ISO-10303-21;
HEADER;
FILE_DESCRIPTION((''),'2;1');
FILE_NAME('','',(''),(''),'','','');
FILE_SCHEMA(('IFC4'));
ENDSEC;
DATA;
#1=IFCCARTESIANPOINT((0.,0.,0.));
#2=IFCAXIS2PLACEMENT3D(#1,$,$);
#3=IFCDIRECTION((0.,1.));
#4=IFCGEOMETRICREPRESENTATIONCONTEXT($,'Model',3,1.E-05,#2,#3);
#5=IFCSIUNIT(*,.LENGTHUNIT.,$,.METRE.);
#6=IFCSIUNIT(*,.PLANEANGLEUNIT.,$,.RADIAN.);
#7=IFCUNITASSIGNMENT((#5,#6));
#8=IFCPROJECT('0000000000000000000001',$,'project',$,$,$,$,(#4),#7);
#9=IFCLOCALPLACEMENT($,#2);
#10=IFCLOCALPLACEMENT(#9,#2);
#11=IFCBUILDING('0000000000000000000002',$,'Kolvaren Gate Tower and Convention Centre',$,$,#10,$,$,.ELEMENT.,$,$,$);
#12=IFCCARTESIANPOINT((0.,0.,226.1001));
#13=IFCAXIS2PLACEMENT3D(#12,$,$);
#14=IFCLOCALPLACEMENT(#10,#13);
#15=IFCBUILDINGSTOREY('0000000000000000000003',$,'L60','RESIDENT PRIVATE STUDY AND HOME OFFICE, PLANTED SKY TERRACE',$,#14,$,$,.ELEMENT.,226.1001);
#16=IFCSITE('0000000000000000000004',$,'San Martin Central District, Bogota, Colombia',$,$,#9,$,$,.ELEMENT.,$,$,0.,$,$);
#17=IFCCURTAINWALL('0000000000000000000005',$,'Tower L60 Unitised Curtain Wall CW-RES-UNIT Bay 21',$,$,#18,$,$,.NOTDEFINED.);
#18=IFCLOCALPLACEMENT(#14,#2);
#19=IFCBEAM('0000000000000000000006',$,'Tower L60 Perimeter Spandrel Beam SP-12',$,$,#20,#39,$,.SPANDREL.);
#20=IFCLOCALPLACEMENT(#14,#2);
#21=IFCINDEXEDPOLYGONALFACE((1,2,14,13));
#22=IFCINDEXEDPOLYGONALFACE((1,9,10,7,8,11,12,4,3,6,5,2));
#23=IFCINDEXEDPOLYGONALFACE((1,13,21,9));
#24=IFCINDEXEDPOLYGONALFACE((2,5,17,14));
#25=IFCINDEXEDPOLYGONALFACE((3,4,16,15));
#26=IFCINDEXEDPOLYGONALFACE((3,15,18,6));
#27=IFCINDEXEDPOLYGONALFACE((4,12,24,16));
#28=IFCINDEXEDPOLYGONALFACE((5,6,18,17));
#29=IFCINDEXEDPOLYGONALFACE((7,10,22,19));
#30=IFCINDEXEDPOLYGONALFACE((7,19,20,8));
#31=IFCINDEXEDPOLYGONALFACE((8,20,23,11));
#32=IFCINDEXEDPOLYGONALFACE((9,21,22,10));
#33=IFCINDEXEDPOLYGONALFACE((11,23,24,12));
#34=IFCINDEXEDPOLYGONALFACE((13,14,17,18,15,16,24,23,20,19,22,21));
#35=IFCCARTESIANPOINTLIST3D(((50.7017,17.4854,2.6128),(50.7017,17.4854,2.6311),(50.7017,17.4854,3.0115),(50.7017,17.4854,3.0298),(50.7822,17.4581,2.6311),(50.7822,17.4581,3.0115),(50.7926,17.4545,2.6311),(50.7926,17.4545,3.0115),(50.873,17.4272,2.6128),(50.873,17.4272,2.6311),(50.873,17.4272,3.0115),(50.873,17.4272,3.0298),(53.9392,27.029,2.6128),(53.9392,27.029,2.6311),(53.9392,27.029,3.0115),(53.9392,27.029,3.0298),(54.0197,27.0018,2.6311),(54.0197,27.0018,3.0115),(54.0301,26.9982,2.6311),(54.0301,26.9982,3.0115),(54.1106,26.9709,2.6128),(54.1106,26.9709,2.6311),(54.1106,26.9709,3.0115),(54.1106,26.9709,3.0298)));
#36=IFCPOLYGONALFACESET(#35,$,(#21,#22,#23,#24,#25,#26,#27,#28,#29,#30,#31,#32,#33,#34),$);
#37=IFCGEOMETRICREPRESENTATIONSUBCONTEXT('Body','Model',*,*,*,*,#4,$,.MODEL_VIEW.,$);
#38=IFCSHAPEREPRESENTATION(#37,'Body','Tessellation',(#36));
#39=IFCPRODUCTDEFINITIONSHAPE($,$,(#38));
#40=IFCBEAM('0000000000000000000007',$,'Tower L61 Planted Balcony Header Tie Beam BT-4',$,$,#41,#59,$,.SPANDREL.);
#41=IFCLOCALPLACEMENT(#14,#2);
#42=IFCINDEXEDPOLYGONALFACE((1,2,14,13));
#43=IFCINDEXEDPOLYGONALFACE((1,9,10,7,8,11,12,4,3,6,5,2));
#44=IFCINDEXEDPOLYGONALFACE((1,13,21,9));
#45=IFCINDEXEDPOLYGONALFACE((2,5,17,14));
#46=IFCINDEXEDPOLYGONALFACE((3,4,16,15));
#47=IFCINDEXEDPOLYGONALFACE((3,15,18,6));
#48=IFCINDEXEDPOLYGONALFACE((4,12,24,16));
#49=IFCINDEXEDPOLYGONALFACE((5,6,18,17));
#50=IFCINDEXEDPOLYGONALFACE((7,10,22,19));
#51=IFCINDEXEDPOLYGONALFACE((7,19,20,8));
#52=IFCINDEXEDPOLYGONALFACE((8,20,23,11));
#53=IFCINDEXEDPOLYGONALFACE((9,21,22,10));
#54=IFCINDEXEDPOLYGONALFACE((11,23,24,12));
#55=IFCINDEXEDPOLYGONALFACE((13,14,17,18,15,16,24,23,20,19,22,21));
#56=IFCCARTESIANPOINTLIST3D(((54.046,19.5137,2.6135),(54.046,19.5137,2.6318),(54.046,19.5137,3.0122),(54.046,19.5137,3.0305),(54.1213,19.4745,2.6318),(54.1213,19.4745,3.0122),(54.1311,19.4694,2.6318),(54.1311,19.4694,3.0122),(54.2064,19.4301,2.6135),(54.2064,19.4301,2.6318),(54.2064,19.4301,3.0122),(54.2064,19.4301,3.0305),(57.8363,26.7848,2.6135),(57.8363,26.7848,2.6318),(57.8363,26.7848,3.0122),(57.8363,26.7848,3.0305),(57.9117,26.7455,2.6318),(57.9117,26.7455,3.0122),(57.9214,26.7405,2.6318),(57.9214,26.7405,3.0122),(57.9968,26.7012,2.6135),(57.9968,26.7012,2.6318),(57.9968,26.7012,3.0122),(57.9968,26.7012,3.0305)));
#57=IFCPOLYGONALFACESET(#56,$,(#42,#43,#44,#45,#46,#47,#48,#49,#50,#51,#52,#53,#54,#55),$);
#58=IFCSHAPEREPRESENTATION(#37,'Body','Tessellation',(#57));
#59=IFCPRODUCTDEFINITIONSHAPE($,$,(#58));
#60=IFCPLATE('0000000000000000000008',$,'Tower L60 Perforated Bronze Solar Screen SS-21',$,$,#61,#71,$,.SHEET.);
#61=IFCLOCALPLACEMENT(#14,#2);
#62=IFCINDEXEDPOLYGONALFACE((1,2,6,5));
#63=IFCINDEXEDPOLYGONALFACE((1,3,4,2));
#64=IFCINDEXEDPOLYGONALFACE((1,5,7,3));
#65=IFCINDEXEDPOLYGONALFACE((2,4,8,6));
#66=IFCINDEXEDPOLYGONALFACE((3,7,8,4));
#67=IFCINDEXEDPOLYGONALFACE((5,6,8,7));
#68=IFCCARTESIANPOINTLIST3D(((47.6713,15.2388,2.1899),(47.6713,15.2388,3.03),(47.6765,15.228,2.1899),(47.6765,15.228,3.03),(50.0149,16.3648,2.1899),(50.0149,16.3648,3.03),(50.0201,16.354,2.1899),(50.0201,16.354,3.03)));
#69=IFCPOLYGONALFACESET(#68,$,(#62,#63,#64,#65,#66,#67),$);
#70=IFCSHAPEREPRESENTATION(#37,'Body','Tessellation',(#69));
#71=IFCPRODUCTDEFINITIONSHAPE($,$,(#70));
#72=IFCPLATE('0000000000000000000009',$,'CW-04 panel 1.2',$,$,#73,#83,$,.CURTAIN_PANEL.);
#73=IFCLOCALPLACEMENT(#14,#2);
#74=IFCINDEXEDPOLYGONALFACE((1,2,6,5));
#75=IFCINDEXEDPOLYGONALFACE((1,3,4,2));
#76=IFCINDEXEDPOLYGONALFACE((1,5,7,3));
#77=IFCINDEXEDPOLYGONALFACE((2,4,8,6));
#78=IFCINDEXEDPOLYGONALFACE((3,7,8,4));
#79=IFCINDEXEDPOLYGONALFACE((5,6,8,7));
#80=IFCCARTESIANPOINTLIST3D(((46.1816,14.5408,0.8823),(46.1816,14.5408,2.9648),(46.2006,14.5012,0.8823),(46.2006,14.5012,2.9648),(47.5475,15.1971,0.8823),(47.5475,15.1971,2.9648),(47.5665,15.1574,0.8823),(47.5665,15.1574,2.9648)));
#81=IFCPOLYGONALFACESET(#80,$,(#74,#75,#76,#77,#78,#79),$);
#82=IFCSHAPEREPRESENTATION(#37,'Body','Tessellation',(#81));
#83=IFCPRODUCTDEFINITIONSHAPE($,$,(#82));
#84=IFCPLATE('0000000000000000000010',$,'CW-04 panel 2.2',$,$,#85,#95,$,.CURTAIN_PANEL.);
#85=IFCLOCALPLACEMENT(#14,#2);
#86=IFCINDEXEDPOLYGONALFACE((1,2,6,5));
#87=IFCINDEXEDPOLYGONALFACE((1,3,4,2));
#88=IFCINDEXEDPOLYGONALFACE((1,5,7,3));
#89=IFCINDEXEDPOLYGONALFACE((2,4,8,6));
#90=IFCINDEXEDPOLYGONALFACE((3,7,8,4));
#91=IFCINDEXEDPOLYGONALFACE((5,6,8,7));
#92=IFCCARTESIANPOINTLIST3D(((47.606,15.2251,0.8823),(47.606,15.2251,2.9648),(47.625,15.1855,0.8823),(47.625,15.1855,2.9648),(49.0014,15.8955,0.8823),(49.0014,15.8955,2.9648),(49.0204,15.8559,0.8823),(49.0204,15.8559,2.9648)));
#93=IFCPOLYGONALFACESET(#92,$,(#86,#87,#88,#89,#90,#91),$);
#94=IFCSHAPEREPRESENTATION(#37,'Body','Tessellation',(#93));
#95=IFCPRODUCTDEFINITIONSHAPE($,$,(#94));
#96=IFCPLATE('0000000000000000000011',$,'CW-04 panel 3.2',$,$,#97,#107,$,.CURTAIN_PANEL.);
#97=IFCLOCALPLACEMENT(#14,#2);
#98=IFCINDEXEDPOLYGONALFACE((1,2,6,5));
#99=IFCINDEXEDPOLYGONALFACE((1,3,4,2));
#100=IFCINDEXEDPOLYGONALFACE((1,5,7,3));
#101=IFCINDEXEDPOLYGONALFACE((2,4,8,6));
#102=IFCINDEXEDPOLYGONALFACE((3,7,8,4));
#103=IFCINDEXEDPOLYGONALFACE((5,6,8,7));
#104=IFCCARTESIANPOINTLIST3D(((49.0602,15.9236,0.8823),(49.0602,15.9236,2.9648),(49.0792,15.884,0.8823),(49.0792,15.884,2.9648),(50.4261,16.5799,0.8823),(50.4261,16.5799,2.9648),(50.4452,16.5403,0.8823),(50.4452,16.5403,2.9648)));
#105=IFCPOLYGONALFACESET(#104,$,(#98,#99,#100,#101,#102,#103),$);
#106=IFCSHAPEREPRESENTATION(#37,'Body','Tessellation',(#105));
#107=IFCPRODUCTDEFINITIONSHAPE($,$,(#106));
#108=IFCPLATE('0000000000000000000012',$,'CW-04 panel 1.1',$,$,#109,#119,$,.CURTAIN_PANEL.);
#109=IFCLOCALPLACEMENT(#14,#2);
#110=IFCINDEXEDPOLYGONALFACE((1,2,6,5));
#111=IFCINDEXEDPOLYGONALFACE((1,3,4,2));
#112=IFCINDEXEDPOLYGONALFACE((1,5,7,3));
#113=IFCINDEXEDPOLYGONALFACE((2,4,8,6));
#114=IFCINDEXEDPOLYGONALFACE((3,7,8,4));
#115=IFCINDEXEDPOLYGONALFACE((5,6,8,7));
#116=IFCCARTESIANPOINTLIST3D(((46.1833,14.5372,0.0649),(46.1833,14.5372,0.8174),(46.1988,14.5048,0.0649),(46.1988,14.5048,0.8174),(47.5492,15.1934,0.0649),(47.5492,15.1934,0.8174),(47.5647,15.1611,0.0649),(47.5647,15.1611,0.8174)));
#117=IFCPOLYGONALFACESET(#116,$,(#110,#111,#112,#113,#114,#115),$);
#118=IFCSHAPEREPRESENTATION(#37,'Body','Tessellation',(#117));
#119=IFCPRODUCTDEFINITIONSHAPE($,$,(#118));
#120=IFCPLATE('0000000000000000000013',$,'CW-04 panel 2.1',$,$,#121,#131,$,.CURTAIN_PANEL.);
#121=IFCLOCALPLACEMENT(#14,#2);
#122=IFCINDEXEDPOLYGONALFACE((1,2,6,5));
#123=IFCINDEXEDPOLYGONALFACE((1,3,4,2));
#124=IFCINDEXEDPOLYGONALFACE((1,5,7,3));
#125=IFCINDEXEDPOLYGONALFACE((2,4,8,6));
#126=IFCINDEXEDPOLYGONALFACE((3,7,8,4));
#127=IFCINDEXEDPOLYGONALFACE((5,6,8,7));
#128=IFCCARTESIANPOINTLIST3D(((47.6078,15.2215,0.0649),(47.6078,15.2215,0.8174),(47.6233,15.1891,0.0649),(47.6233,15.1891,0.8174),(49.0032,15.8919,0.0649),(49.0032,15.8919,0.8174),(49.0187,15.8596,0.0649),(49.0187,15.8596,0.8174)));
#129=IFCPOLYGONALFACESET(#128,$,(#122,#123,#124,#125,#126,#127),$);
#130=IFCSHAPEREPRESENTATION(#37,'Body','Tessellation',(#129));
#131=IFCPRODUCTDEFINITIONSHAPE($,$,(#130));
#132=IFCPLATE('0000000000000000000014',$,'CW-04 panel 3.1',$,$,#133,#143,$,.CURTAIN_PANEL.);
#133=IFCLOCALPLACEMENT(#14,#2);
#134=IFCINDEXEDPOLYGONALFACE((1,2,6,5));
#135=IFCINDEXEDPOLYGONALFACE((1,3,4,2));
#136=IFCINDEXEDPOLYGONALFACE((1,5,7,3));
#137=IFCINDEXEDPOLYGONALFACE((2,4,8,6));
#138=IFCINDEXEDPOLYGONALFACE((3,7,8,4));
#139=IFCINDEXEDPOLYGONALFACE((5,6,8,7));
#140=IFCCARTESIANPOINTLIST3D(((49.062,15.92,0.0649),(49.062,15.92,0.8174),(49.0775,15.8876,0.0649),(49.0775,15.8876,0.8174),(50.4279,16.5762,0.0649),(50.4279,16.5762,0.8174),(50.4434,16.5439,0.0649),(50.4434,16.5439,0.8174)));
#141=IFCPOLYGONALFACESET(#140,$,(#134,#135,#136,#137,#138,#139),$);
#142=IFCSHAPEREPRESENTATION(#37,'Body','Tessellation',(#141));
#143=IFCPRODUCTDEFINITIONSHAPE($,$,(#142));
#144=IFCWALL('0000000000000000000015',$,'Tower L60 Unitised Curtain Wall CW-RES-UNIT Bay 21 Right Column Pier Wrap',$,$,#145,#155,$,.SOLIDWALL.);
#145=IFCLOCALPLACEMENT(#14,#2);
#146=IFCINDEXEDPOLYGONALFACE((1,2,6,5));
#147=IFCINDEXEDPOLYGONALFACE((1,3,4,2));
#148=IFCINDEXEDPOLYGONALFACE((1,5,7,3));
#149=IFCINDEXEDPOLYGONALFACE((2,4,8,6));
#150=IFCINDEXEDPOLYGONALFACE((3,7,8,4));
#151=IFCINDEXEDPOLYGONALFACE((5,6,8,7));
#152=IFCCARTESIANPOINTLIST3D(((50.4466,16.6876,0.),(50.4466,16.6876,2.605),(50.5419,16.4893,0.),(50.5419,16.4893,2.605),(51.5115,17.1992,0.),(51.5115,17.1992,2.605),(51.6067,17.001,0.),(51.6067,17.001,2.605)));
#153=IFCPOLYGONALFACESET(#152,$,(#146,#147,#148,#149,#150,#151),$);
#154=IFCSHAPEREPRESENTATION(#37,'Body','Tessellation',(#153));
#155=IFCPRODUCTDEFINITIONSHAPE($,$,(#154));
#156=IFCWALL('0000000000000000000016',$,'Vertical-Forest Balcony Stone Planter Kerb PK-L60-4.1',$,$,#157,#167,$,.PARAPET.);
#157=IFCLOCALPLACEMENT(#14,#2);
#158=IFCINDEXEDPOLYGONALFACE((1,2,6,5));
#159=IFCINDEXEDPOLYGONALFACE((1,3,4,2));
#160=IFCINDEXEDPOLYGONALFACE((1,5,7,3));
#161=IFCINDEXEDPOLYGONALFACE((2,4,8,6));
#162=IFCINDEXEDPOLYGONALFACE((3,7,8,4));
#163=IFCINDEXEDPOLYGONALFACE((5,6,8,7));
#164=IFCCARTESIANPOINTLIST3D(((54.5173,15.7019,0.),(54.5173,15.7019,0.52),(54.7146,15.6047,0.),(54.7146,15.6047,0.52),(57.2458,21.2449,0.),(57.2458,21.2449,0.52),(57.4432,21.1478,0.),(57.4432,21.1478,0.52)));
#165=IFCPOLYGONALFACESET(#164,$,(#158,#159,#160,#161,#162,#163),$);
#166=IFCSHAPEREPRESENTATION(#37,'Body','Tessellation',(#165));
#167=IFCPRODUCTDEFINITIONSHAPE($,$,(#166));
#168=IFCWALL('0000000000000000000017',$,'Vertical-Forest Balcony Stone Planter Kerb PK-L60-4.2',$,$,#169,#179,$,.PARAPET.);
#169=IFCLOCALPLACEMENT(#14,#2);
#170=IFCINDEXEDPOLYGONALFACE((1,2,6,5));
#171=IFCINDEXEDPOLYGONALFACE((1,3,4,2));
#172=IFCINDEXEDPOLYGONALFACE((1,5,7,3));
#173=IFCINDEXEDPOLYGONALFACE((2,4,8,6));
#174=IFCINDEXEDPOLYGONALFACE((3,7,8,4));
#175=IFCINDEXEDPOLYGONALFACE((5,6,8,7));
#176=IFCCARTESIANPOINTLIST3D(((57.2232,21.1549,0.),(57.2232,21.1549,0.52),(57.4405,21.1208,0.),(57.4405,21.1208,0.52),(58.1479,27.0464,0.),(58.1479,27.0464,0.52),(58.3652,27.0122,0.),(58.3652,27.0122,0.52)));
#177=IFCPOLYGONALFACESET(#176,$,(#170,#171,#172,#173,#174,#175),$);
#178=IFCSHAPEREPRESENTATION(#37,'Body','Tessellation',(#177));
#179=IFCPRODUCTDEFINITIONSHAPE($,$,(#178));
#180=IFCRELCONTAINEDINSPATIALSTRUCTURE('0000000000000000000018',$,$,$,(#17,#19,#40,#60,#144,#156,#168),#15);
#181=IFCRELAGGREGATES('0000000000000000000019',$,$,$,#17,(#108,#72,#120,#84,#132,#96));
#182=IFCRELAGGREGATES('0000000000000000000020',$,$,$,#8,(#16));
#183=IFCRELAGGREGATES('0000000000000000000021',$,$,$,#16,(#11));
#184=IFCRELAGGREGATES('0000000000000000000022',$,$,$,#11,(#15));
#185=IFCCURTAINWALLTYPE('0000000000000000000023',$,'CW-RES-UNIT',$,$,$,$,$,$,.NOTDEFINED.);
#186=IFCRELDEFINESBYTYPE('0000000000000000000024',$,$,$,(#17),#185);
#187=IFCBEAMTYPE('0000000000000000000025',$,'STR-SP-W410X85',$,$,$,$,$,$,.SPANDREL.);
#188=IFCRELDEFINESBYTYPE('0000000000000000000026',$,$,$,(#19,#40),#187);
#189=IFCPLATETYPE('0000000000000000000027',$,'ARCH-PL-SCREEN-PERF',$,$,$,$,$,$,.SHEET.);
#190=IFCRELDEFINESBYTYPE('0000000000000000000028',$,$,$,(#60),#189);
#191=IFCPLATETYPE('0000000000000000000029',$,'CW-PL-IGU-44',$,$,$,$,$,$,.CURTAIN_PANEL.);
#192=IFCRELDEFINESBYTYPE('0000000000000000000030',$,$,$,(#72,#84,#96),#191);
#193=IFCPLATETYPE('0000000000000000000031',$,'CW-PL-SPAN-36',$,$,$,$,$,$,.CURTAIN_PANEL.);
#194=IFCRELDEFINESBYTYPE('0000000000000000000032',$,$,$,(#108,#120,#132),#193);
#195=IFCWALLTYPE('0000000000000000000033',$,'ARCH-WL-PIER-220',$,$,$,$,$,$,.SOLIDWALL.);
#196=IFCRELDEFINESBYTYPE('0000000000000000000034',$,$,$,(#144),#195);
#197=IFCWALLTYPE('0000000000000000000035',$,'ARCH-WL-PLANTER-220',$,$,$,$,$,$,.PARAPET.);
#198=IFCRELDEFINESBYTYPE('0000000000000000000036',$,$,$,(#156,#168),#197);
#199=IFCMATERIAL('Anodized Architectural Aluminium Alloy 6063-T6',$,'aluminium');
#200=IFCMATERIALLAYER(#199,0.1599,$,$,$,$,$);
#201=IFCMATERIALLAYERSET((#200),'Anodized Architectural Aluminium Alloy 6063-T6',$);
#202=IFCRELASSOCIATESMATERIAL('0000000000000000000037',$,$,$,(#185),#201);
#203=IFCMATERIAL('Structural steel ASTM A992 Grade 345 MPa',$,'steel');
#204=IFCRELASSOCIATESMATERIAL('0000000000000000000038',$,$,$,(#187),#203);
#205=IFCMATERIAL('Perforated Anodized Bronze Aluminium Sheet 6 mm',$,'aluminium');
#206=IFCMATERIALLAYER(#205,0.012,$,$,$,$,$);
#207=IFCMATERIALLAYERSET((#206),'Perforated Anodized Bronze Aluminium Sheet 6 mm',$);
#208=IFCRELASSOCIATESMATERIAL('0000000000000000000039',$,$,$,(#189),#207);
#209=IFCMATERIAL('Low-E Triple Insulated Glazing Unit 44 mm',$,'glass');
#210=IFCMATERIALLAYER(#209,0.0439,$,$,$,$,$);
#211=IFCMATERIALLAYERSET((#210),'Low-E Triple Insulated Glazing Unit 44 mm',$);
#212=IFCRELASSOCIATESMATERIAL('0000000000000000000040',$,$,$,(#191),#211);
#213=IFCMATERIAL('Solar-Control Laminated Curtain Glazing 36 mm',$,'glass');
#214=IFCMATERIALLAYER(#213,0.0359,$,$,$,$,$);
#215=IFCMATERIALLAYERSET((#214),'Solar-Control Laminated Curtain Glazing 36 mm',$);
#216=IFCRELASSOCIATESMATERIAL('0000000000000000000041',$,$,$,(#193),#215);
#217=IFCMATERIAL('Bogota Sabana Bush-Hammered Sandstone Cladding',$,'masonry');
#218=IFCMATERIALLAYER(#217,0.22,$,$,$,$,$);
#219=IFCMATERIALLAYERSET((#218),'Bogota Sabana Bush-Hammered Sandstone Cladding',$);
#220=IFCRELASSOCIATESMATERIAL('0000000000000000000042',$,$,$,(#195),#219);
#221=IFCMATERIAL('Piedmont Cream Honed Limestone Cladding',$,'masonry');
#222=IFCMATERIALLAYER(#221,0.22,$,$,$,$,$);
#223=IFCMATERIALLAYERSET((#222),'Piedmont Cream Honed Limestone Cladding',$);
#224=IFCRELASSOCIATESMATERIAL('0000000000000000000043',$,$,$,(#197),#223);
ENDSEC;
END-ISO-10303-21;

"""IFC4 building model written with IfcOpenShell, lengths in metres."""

from ifc_helpers import new_model, si_unit, direction, frame, frame_2d, origin, origin_2d, place, context, subcontext, project, spatial, rectangle, i_section, extrude, material, layer, layer_set, material_profile, profile_set, type_object, element, aggregate, save


model = new_model("IFC4")

# Units and contexts
model_context = context("Model", 3, precision=1e-05, world=origin(), true_north=direction((0.0, 1.0)))
body_context = subcontext(model_context, "Body", "Model", "MODEL_VIEW")
ifc_project = project(units=[si_unit("LENGTHUNIT", "METRE"), si_unit("PLANEANGLEUNIT", "RADIAN")], contexts=[model_context])

# Site, building, storey
site_placement = place(None, origin())
site = spatial("IfcSite", under=ifc_project, at=site_placement, Name="San Martin Central District, Bogota, Colombia", CompositionType="ELEMENT", RefElevation=0.0)
building_placement = place(site_placement, origin())
building = spatial("IfcBuilding", under=site, at=building_placement, Name="Kolvaren Gate Tower and Convention Centre", CompositionType="ELEMENT")
storey_placement = place(building_placement, frame((0.0, 0.0, 226.1001)))
storey = spatial("IfcBuildingStorey", under=building, at=storey_placement, Name="L60", Description="RESIDENT PRIVATE STUDY AND HOME OFFICE, PLANTED SKY TERRACE", CompositionType="ELEMENT", Elevation=226.1001)

# Curtain wall
ifc_material_1 = material(Name="Anodized Architectural Aluminium Alloy 6063-T6", Category="aluminium")
ifc_layer_1 = layer(ifc_material_1, 0.1599)
ifc_layer_set_1 = layer_set([ifc_layer_1], Name="Anodized Architectural Aluminium Alloy 6063-T6")
curtain_wall_type = type_object("IfcCurtainWallType", Name="CW-RES-UNIT", PredefinedType="NOTDEFINED", material=ifc_layer_set_1)
curtain_wall_placement = place(storey_placement, origin())
curtain_wall = element("IfcCurtainWall", 1, at=curtain_wall_placement, inside=storey, type_object=curtain_wall_type, Name="Tower L60 Unitised Curtain Wall CW-RES-UNIT Bay 21", PredefinedType="NOTDEFINED")

# Beams
ifc_material_2 = material(Name="Structural steel ASTM A992 Grade 345 MPa", Category="steel")
ifc_material_profile_1 = material_profile(ifc_material_2, i_section(OverallWidth=0.1809, OverallDepth=0.417, WebThickness=0.011, FlangeThickness=0.0183, at=origin_2d()), Name="W410X85")
ifc_profile_set_1 = profile_set([ifc_material_profile_1], Name="Structural steel ASTM A992 Grade 345 MPa")
beam_type_1 = type_object("IfcBeamType", Name="STR-SP-W410X85", PredefinedType="SPANDREL", material=ifc_profile_set_1)
beam_1_placement = place(storey_placement, frame((50.7874, 17.4563, 2.8213), z_axis=(0.321253, 0.946994, 0.0), x_axis=(-0.946994, 0.321253, 0.0)))
element("IfcBeam", 2, at=beam_1_placement, inside=storey, type_object=beam_type_1, Name="Tower L60 Perimeter Spandrel Beam SP-12", PredefinedType="SPANDREL", context=body_context, shape_type="SweptSolid", body=[
    extrude(i_section(OverallWidth=0.1809, OverallDepth=0.417, WebThickness=0.011, FlangeThickness=0.0183, at=origin_2d()), origin(), (0.0, 0.0, 1.0), 10.0779),
])
beam_2_placement = place(storey_placement, frame((54.1262, 19.4719, 2.822), z_axis=(0.462252, 0.886749, 0.0), x_axis=(-0.886749, 0.462252, 0.0)))
element("IfcBeam", 3, at=beam_2_placement, inside=storey, type_object=beam_type_1, Name="Tower L61 Planted Balcony Header Tie Beam BT-4", PredefinedType="SPANDREL", context=body_context, shape_type="SweptSolid", body=[
    extrude(i_section(OverallWidth=0.1809, OverallDepth=0.417, WebThickness=0.011, FlangeThickness=0.0183, at=origin_2d()), origin(), (0.0, 0.0, 1.0), 8.1997),
])

# Plates
ifc_material_3 = material(Name="Perforated Anodized Bronze Aluminium Sheet 6 mm", Category="aluminium")
ifc_layer_2 = layer(ifc_material_3, 0.012)
ifc_layer_set_2 = layer_set([ifc_layer_2], Name="Perforated Anodized Bronze Aluminium Sheet 6 mm")
plate_type_1 = type_object("IfcPlateType", Name="ARCH-PL-SCREEN-PERF", PredefinedType="SHEET", material=ifc_layer_set_2)
plate_1_placement = place(storey_placement, frame((48.8457, 15.7964, 2.1899), z_axis=(0.0, 0.0, 1.0), x_axis=(0.901359, 0.433072, 0.0)))
element("IfcPlate", 4, at=plate_1_placement, inside=storey, type_object=plate_type_1, Name="Tower L60 Perforated Bronze Solar Screen SS-21", PredefinedType="SHEET", context=body_context, shape_type="SweptSolid", body=[
    extrude(rectangle(XDim=2.6001, YDim=0.012, at=origin_2d()), origin(), (0.0, 0.0, 1.0), 0.8401),
])
ifc_material_4 = material(Name="Low-E Triple Insulated Glazing Unit 44 mm", Category="glass")
ifc_layer_3 = layer(ifc_material_4, 0.0439)
ifc_layer_set_3 = layer_set([ifc_layer_3], Name="Low-E Triple Insulated Glazing Unit 44 mm")
plate_type_2 = type_object("IfcPlateType", Name="CW-PL-IGU-44", PredefinedType="CURTAIN_PANEL", material=ifc_layer_set_3)
plate_2_placement = place(storey_placement, frame((46.874, 14.8491, 0.8823), z_axis=(0.0, 0.0, 1.0), x_axis=(0.901363, 0.433064, 0.0)))
plate_2 = element("IfcPlate", 5, at=plate_2_placement, type_object=plate_type_2, Name="CW-04 panel 1.2", PredefinedType="CURTAIN_PANEL", context=body_context, shape_type="SweptSolid", body=[
    extrude(rectangle(XDim=1.5154, YDim=0.0439, at=origin_2d()), origin(), (0.0, 0.0, 1.0), 2.0825),
])
plate_3_placement = place(storey_placement, frame((48.3132, 15.5405, 0.8823), z_axis=(0.0, 0.0, 1.0), x_axis=(0.901363, 0.433064, 0.0)))
plate_3 = element("IfcPlate", 6, at=plate_3_placement, type_object=plate_type_2, Name="CW-04 panel 2.2", PredefinedType="CURTAIN_PANEL", context=body_context, shape_type="SweptSolid", body=[
    extrude(rectangle(XDim=1.5481, YDim=0.0439, at=origin_2d()), origin(), (0.0, 0.0, 1.0), 2.0825),
])
plate_4_placement = place(storey_placement, frame((49.7527, 16.2319, 0.8823), z_axis=(0.0, 0.0, 1.0), x_axis=(0.901363, 0.433064, 0.0)))
plate_4 = element("IfcPlate", 7, at=plate_4_placement, type_object=plate_type_2, Name="CW-04 panel 3.2", PredefinedType="CURTAIN_PANEL", context=body_context, shape_type="SweptSolid", body=[
    extrude(rectangle(XDim=1.5154, YDim=0.0439, at=origin_2d()), origin(), (0.0, 0.0, 1.0), 2.0825),
])
ifc_material_5 = material(Name="Solar-Control Laminated Curtain Glazing 36 mm", Category="glass")
ifc_layer_4 = layer(ifc_material_5, 0.0359)
ifc_layer_set_4 = layer_set([ifc_layer_4], Name="Solar-Control Laminated Curtain Glazing 36 mm")
plate_type_3 = type_object("IfcPlateType", Name="CW-PL-SPAN-36", PredefinedType="CURTAIN_PANEL", material=ifc_layer_set_4)
plate_5_placement = place(storey_placement, frame((46.874, 14.8491, 0.0649), z_axis=(0.0, 0.0, 1.0), x_axis=(0.901363, 0.433064, 0.0)))
plate_5 = element("IfcPlate", 8, at=plate_5_placement, type_object=plate_type_3, Name="CW-04 panel 1.1", PredefinedType="CURTAIN_PANEL", context=body_context, shape_type="SweptSolid", body=[
    extrude(rectangle(XDim=1.5154, YDim=0.0359, at=origin_2d()), origin(), (0.0, 0.0, 1.0), 0.7524),
])
plate_6_placement = place(storey_placement, frame((48.3132, 15.5405, 0.0649), z_axis=(0.0, 0.0, 1.0), x_axis=(0.901363, 0.433064, 0.0)))
plate_6 = element("IfcPlate", 9, at=plate_6_placement, type_object=plate_type_3, Name="CW-04 panel 2.1", PredefinedType="CURTAIN_PANEL", context=body_context, shape_type="SweptSolid", body=[
    extrude(rectangle(XDim=1.5481, YDim=0.0359, at=origin_2d()), origin(), (0.0, 0.0, 1.0), 0.7524),
])
plate_7_placement = place(storey_placement, frame((49.7527, 16.2319, 0.0649), z_axis=(0.0, 0.0, 1.0), x_axis=(0.901363, 0.433064, 0.0)))
plate_7 = element("IfcPlate", 10, at=plate_7_placement, type_object=plate_type_3, Name="CW-04 panel 3.1", PredefinedType="CURTAIN_PANEL", context=body_context, shape_type="SweptSolid", body=[
    extrude(rectangle(XDim=1.5154, YDim=0.0359, at=origin_2d()), origin(), (0.0, 0.0, 1.0), 0.7524),
])
aggregate(curtain_wall, [plate_5, plate_2, plate_6, plate_3, plate_7, plate_4])

# Walls
ifc_material_6 = material(Name="Bogota Sabana Bush-Hammered Sandstone Cladding", Category="masonry")
ifc_layer_5 = layer(ifc_material_6, 0.22)
ifc_layer_set_5 = layer_set([ifc_layer_5], Name="Bogota Sabana Bush-Hammered Sandstone Cladding")
wall_type_1 = type_object("IfcWallType", Name="ARCH-WL-PIER-220", PredefinedType="SOLIDWALL", material=ifc_layer_set_5)
wall_1_placement = place(storey_placement, frame((50.4941, 16.5884, 0.0), z_axis=(0.0, 0.0, 1.0), x_axis=(0.901342, 0.433107, 0.0)))
element("IfcWall", 11, at=wall_1_placement, inside=storey, type_object=wall_type_1, Name="Tower L60 Unitised Curtain Wall CW-RES-UNIT Bay 21 Right Column Pier Wrap", PredefinedType="SOLIDWALL", context=body_context, shape_type="SweptSolid", body=[
    extrude(rectangle(XDim=1.1814, YDim=0.22, at=frame_2d((0.5908, 0.0))), origin(), (0.0, 0.0, 1.0), 2.605),
])
ifc_material_7 = material(Name="Piedmont Cream Honed Limestone Cladding", Category="masonry")
ifc_layer_6 = layer(ifc_material_7, 0.22)
ifc_layer_set_6 = layer_set([ifc_layer_6], Name="Piedmont Cream Honed Limestone Cladding")
wall_type_2 = type_object("IfcWallType", Name="ARCH-WL-PLANTER-220", PredefinedType="PARAPET", material=ifc_layer_set_6)
wall_2_placement = place(storey_placement, frame((54.616, 15.6533, 0.0), z_axis=(0.0, 0.0, 1.0), x_axis=(0.441641, 0.897192, 0.0)))
element("IfcWall", 12, at=wall_2_placement, inside=storey, type_object=wall_type_2, Name="Vertical-Forest Balcony Stone Planter Kerb PK-L60-4.1", PredefinedType="PARAPET", context=body_context, shape_type="SweptSolid", body=[
    extrude(rectangle(XDim=6.1782, YDim=0.22, at=frame_2d((3.0891, 0.0))), origin(), (0.0, 0.0, 1.0), 0.52),
])
wall_3_placement = place(storey_placement, frame((57.3318, 21.1377, 0.0), z_axis=(0.0, 0.0, 1.0), x_axis=(0.155071, 0.987903, 0.0)))
element("IfcWall", 13, at=wall_3_placement, inside=storey, type_object=wall_type_2, Name="Vertical-Forest Balcony Stone Planter Kerb PK-L60-4.2", PredefinedType="PARAPET", context=body_context, shape_type="SweptSolid", body=[
    extrude(rectangle(XDim=5.9636, YDim=0.22, at=frame_2d((2.9819, 0.0))), origin(), (0.0, 0.0, 1.0), 0.52),
])

save(model, "model.ifc")
